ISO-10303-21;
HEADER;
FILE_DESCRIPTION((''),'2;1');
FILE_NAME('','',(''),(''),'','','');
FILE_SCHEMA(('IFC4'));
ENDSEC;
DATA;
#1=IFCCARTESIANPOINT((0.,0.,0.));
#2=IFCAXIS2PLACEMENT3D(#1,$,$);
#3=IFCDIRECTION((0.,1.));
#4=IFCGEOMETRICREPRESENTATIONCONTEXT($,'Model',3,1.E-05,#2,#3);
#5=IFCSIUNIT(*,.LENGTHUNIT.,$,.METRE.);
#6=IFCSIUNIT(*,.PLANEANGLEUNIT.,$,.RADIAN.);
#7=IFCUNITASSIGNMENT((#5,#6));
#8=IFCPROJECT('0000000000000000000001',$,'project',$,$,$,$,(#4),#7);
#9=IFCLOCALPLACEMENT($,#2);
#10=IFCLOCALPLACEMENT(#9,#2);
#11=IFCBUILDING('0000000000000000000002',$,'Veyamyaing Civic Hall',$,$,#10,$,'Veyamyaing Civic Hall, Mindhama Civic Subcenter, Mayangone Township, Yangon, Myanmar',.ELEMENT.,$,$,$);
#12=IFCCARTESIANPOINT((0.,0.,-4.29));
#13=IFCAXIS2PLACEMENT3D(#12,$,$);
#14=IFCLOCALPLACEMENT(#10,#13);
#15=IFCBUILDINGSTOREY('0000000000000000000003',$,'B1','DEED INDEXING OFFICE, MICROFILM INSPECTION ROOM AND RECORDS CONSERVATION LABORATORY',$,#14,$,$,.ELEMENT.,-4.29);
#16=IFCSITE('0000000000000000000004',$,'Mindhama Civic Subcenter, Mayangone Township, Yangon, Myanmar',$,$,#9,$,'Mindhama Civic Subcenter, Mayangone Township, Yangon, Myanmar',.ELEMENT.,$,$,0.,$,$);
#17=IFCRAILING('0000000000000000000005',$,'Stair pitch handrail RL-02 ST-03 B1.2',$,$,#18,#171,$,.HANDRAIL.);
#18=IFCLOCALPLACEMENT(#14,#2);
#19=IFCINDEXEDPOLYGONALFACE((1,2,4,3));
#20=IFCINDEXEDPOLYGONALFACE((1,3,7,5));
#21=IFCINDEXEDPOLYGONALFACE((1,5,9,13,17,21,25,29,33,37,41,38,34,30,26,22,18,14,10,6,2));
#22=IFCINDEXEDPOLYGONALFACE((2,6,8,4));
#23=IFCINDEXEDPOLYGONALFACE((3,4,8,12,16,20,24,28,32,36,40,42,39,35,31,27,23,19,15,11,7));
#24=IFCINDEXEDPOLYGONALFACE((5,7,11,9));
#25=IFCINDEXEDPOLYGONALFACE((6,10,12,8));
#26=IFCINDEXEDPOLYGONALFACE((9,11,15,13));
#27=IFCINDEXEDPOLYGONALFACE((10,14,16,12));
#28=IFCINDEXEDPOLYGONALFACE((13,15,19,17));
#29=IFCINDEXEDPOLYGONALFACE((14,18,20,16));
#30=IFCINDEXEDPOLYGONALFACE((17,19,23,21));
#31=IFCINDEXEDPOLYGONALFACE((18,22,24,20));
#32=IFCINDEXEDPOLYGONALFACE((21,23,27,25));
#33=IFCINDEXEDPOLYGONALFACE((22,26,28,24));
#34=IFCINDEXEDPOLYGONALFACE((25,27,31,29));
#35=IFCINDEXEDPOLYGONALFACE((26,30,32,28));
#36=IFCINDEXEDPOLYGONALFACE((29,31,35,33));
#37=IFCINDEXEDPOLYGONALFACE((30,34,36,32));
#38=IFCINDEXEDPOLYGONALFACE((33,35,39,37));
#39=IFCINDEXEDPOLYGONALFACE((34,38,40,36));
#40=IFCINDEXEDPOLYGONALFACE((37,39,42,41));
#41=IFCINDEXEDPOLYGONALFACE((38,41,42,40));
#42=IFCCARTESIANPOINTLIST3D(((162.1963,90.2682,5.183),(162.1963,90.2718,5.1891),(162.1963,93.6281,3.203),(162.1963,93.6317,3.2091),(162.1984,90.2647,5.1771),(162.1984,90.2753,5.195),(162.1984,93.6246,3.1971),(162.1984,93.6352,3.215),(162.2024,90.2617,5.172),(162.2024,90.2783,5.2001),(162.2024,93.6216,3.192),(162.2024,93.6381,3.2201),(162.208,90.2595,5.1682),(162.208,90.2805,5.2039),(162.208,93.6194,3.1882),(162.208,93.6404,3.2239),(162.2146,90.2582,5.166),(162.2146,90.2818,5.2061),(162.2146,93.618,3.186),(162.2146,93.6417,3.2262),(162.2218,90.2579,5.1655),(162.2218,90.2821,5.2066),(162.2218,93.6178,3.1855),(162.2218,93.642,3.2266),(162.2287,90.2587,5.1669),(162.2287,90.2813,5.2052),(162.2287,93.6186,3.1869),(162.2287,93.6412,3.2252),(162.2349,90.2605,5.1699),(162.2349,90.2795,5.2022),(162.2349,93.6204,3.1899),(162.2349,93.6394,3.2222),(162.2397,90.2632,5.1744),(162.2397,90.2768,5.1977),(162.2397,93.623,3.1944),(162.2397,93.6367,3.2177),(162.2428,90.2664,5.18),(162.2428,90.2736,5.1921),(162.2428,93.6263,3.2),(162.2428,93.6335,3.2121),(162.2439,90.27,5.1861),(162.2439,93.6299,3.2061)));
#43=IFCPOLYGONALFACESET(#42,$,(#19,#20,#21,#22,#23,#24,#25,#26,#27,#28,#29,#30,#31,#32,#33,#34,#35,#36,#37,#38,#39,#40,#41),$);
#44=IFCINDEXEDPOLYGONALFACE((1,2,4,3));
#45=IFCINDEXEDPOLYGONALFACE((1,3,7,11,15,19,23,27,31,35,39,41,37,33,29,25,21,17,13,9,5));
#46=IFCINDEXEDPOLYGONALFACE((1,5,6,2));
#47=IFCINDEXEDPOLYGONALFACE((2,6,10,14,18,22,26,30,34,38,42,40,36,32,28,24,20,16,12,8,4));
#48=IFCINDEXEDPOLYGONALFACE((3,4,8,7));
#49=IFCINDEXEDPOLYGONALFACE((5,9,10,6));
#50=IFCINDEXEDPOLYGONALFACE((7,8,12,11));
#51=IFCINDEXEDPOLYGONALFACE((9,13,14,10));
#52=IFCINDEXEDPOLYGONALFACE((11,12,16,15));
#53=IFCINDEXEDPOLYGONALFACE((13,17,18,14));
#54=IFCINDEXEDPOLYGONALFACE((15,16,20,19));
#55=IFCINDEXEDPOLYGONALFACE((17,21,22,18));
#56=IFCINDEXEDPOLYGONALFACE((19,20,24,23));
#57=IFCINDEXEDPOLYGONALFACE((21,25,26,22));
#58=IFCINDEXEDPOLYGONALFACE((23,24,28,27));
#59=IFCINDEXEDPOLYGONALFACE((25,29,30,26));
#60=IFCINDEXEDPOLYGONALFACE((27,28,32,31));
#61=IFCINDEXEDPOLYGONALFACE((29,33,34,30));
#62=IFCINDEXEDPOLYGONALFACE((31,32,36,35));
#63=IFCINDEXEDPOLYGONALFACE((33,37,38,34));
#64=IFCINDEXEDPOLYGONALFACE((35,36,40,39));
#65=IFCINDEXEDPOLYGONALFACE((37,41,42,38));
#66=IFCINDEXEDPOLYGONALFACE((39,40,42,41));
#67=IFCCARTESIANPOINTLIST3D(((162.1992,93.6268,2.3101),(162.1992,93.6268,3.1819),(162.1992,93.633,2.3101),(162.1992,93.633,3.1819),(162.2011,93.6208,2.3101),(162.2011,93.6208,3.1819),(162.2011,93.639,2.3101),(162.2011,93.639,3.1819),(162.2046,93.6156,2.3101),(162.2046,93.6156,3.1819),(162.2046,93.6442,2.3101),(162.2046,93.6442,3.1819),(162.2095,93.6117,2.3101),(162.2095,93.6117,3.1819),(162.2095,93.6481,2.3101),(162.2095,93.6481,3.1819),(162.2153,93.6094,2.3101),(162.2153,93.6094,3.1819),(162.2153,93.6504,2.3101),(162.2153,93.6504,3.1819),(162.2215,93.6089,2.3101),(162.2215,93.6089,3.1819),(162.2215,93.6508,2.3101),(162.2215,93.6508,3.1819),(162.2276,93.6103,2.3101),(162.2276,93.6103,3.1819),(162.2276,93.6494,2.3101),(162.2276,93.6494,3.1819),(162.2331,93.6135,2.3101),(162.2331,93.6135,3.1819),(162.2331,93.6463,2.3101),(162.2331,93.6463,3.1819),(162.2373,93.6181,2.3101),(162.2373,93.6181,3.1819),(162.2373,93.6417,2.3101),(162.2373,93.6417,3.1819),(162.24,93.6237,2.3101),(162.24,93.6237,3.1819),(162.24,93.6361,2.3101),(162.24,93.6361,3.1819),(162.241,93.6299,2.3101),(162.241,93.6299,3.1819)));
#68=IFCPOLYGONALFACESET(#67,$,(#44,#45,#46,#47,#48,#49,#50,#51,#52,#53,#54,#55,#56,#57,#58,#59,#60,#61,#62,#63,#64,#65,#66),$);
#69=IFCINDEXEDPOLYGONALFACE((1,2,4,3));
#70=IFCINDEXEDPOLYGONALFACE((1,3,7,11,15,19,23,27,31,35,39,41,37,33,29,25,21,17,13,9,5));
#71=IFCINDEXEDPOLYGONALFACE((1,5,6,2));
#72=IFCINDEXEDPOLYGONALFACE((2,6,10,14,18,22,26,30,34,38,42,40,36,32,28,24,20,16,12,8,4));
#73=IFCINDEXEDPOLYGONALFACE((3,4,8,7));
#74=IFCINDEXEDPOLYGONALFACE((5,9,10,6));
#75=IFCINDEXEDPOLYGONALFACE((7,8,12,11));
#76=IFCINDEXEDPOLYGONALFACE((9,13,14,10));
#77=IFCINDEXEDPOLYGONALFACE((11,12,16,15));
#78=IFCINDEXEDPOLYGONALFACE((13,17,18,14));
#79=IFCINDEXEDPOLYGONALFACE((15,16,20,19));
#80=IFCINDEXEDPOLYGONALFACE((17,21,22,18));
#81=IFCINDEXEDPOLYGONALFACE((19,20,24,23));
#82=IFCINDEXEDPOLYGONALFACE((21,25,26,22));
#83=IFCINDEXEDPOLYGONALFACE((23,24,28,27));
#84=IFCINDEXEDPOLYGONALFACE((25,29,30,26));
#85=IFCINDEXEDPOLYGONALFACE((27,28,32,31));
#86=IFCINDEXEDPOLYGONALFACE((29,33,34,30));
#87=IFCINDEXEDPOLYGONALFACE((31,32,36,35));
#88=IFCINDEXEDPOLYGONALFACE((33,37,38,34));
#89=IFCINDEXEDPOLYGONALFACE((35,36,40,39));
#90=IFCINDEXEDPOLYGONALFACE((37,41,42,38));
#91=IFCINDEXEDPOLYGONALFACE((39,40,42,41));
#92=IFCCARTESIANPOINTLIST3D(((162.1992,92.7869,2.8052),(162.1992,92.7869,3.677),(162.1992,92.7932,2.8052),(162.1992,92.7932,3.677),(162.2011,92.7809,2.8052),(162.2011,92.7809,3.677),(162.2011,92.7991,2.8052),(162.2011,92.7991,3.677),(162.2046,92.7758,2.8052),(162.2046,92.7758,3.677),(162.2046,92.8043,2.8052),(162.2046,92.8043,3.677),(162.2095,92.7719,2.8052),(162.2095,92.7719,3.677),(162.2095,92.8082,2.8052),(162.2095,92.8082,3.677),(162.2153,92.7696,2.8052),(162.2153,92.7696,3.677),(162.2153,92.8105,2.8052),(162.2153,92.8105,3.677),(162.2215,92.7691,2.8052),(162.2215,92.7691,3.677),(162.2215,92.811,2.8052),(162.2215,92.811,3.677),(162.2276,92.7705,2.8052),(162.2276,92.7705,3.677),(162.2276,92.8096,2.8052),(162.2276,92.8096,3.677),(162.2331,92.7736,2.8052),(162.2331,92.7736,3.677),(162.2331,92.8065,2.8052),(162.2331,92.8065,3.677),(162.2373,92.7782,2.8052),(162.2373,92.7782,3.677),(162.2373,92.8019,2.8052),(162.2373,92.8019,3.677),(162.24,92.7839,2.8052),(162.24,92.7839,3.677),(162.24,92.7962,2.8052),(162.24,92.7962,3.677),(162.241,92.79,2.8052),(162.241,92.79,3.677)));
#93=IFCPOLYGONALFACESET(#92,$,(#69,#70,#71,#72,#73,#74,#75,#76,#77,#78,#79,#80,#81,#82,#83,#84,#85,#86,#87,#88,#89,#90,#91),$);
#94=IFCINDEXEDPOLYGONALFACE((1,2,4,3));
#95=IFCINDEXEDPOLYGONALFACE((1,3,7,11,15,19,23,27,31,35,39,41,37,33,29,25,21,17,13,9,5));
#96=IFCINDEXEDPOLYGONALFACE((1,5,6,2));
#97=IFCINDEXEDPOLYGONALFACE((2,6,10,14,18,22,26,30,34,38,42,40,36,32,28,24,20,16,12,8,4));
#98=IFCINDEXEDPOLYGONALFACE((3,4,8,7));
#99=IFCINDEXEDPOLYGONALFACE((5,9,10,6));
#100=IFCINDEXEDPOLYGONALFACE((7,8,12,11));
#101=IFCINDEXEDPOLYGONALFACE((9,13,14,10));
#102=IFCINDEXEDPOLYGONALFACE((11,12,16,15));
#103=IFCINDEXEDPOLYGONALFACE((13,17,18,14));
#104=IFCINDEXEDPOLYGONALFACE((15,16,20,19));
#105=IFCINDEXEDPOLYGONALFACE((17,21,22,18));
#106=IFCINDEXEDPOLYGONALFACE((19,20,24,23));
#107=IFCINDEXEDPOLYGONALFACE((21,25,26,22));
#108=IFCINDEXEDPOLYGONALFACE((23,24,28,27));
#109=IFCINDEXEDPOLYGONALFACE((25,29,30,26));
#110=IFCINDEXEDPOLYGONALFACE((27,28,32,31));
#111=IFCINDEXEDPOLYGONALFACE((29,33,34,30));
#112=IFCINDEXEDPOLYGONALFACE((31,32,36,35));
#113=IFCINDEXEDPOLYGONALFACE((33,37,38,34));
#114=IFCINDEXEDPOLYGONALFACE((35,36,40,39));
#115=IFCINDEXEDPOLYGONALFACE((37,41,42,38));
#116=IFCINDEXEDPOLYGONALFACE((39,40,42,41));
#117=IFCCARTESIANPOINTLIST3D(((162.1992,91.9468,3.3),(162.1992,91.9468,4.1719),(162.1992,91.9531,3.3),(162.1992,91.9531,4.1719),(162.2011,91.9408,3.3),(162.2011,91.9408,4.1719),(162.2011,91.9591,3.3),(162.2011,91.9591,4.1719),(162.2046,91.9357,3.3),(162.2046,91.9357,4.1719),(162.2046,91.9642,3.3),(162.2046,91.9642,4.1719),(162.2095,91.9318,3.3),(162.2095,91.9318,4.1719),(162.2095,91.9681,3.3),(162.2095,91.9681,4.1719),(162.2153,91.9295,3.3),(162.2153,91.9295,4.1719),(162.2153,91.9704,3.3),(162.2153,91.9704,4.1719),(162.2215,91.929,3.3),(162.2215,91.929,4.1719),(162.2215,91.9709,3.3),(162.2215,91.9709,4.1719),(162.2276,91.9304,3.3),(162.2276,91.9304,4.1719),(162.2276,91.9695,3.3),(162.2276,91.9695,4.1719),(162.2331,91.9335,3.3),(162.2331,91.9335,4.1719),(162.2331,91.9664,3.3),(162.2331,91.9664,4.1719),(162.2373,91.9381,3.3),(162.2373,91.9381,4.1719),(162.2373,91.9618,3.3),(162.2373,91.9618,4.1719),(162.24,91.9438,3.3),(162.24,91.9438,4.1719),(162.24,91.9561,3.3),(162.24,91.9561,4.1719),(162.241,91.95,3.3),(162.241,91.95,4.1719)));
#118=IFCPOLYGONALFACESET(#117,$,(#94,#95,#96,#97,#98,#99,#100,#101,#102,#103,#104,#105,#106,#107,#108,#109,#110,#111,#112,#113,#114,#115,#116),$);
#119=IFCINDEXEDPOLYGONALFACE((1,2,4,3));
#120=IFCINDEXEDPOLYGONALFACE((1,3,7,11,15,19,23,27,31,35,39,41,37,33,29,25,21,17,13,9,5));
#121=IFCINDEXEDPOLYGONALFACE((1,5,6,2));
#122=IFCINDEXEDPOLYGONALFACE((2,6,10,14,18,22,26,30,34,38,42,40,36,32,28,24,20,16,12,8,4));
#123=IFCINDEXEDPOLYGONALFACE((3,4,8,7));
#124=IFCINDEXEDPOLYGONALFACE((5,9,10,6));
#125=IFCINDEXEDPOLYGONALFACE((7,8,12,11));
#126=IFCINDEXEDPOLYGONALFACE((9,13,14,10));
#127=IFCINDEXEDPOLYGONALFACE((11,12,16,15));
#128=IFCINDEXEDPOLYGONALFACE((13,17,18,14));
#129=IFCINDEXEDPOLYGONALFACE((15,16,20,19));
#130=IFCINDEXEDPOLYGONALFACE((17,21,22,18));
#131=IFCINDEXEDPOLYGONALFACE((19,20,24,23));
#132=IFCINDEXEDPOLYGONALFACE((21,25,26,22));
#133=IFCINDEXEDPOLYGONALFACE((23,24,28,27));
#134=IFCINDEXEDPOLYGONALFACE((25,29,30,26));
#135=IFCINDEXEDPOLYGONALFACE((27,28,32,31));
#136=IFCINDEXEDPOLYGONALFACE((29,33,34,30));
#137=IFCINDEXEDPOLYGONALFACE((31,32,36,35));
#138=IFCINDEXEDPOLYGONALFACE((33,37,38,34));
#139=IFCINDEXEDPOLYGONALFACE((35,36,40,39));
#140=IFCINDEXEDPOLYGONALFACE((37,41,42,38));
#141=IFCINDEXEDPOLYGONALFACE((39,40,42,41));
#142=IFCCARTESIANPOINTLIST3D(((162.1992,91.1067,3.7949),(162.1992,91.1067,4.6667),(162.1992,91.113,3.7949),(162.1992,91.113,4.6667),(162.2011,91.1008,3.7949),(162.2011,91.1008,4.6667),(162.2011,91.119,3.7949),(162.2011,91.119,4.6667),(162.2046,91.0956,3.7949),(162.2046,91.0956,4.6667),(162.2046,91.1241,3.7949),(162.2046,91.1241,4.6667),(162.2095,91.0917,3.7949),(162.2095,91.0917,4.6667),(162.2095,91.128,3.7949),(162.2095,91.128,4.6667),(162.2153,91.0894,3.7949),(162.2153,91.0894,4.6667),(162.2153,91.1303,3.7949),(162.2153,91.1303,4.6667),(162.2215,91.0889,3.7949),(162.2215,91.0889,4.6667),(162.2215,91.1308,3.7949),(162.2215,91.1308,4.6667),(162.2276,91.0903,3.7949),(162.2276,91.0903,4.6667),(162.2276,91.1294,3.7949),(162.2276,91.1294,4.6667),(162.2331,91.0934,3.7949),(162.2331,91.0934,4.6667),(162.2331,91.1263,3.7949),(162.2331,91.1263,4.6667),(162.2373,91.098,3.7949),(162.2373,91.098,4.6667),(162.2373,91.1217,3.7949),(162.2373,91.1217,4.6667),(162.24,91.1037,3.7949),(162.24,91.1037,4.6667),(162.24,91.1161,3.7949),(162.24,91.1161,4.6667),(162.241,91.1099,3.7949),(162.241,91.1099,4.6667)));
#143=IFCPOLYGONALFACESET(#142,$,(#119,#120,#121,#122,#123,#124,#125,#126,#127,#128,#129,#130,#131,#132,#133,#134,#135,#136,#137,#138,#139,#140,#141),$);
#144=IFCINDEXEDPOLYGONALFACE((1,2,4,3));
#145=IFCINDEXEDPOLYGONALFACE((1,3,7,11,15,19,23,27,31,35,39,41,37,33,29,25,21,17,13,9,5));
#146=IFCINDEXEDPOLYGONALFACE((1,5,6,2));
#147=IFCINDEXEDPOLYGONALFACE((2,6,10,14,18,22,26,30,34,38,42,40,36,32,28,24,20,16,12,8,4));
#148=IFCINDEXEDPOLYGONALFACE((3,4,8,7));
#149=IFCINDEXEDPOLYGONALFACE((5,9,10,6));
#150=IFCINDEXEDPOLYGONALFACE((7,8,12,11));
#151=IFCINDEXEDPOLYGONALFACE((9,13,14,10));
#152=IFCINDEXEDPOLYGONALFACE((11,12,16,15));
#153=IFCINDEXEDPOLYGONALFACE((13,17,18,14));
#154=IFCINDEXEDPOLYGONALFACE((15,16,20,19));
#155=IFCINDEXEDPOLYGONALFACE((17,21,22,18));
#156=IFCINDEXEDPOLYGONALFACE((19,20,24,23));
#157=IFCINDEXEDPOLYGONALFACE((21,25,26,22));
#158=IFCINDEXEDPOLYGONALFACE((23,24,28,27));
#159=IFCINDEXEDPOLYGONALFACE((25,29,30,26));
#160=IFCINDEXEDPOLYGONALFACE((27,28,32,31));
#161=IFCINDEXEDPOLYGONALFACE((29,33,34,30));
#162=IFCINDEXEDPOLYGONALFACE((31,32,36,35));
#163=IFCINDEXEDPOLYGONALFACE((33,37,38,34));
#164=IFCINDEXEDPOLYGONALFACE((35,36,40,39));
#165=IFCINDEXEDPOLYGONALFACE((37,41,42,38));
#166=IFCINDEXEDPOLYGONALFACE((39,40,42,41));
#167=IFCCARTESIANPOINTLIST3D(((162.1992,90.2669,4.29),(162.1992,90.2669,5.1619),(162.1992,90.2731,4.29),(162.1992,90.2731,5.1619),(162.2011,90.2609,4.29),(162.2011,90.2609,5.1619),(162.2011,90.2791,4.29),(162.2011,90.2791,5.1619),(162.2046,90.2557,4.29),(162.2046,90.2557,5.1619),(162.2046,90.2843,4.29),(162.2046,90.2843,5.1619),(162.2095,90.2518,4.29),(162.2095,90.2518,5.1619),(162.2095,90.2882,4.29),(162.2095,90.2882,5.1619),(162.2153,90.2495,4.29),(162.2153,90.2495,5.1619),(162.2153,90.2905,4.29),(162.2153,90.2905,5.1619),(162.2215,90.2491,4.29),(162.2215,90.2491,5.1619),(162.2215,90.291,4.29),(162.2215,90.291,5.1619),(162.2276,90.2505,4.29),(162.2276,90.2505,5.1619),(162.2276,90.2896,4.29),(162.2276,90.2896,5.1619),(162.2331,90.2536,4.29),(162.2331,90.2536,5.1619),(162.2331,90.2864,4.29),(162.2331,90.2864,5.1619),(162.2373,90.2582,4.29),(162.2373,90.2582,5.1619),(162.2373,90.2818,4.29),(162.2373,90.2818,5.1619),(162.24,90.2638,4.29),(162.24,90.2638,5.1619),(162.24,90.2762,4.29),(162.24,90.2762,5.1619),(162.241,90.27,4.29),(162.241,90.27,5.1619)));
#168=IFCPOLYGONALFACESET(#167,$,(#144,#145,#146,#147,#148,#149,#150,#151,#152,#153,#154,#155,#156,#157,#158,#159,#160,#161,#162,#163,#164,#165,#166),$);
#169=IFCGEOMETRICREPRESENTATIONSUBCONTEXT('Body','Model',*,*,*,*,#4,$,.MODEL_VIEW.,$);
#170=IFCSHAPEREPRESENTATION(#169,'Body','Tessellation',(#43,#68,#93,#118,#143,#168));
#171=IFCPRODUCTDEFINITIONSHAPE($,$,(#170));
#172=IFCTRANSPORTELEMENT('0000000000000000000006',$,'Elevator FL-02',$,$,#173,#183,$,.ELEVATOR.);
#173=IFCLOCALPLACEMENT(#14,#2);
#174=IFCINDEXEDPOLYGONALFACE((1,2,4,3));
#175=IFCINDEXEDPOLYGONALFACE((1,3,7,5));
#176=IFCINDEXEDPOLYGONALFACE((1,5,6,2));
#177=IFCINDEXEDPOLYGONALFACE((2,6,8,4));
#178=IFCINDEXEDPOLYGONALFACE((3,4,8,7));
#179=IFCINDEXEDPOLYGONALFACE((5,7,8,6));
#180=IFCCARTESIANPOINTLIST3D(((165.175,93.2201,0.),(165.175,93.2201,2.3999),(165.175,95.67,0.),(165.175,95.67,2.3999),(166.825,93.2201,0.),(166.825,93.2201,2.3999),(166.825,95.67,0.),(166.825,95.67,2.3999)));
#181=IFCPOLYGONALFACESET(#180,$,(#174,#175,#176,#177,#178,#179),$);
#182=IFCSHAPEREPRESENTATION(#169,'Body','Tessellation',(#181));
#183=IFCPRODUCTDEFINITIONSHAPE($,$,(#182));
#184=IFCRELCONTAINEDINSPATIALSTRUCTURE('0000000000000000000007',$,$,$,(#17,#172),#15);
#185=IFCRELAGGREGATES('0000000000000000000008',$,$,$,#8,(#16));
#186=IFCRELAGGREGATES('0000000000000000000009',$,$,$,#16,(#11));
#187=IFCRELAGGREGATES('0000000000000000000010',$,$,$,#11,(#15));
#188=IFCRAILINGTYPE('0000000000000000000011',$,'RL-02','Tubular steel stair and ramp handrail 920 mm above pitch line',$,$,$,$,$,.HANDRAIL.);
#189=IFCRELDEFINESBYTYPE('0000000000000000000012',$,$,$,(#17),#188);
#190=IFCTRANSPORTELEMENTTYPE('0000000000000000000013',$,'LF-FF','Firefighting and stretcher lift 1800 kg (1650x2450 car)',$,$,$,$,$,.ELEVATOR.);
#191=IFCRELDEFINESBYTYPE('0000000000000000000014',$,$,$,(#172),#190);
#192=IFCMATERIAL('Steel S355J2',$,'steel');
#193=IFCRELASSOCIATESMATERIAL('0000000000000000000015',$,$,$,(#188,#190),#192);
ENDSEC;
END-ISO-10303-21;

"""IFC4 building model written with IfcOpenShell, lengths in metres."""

from ifc_helpers import new_model, si_unit, direction, frame, origin, origin_2d, place, context, subcontext, project, spatial, rectangle, circle, extrude, material, type_object, element, save


model = new_model("IFC4")

# Units and contexts
model_context = context("Model", 3, precision=1e-05, world=origin(), true_north=direction((0.0, 1.0)))
body_context = subcontext(model_context, "Body", "Model", "MODEL_VIEW")
ifc_project = project(units=[si_unit("LENGTHUNIT", "METRE"), si_unit("PLANEANGLEUNIT", "RADIAN")], contexts=[model_context])

# Site, building, storey
site_placement = place(None, origin())
site = spatial("IfcSite", under=ifc_project, at=site_placement, Name="Mindhama Civic Subcenter, Mayangone Township, Yangon, Myanmar", LongName="Mindhama Civic Subcenter, Mayangone Township, Yangon, Myanmar", CompositionType="ELEMENT", RefElevation=0.0)
building_placement = place(site_placement, origin())
building = spatial("IfcBuilding", under=site, at=building_placement, Name="Veyamyaing Civic Hall", LongName="Veyamyaing Civic Hall, Mindhama Civic Subcenter, Mayangone Township, Yangon, Myanmar", CompositionType="ELEMENT")
storey_placement = place(building_placement, frame((0.0, 0.0, -4.29)))
storey = spatial("IfcBuildingStorey", under=building, at=storey_placement, Name="B1", Description="DEED INDEXING OFFICE, MICROFILM INSPECTION ROOM AND RECORDS CONSERVATION LABORATORY", CompositionType="ELEMENT", Elevation=-4.29)

# Shared definitions
ifc_material_1 = material(Name="Steel S355J2", Category="steel")

# Railing
railing_type = type_object("IfcRailingType", Name="RL-02", Description="Tubular steel stair and ramp handrail 920 mm above pitch line", PredefinedType="HANDRAIL", material=ifc_material_1)
railing_1_placement = place(storey_placement, frame((162.22, 93.6299, 2.3101)))
element("IfcRailing", 1, at=railing_1_placement, inside=storey, type_object=railing_type, Name="Stair pitch handrail RL-02 ST-03 B1.2", PredefinedType="HANDRAIL", context=body_context, shape_type="SweptSolid", body=[
    extrude(circle(Radius=0.0239, at=origin_2d()), frame((0.0, 0.0, 0.896), z_axis=(0.0, -0.861532, 0.507704), x_axis=(1.0, 0.0, 0.0)), (0.0, 0.0, 1.0), 3.8999),
    extrude(circle(Radius=0.021, at=origin_2d()), origin(), (0.0, 0.0, 1.0), 0.8718),
    extrude(circle(Radius=0.021, at=origin_2d()), frame((0.0, -0.8398, 0.4951)), (0.0, 0.0, 1.0), 0.8718),
    extrude(circle(Radius=0.021, at=origin_2d()), frame((0.0, -1.6799, 0.99)), (0.0, 0.0, 1.0), 0.8718),
    extrude(circle(Radius=0.021, at=origin_2d()), frame((0.0, -2.52, 1.4849)), (0.0, 0.0, 1.0), 0.8718),
    extrude(circle(Radius=0.021, at=origin_2d()), frame((0.0, -3.3599, 1.98)), (0.0, 0.0, 1.0), 0.8718),
])

# Transport element
transport_element_type = type_object("IfcTransportElementType", Name="LF-FF", Description="Firefighting and stretcher lift 1800 kg (1650x2450 car)", PredefinedType="ELEVATOR", material=ifc_material_1)
transport_element_placement = place(storey_placement, frame((166.0, 94.4451, 0.0), z_axis=(0.0, 0.0, 1.0), x_axis=(1.0, 0.0, 0.0)))
element("IfcTransportElement", 2, at=transport_element_placement, inside=storey, type_object=transport_element_type, Name="Elevator FL-02", PredefinedType="ELEVATOR", context=body_context, shape_type="SweptSolid", body=[
    extrude(rectangle(XDim=1.6499, YDim=2.45, at=origin_2d()), origin(), (0.0, 0.0, 1.0), 2.3999),
])

save(model, "model.ifc")
